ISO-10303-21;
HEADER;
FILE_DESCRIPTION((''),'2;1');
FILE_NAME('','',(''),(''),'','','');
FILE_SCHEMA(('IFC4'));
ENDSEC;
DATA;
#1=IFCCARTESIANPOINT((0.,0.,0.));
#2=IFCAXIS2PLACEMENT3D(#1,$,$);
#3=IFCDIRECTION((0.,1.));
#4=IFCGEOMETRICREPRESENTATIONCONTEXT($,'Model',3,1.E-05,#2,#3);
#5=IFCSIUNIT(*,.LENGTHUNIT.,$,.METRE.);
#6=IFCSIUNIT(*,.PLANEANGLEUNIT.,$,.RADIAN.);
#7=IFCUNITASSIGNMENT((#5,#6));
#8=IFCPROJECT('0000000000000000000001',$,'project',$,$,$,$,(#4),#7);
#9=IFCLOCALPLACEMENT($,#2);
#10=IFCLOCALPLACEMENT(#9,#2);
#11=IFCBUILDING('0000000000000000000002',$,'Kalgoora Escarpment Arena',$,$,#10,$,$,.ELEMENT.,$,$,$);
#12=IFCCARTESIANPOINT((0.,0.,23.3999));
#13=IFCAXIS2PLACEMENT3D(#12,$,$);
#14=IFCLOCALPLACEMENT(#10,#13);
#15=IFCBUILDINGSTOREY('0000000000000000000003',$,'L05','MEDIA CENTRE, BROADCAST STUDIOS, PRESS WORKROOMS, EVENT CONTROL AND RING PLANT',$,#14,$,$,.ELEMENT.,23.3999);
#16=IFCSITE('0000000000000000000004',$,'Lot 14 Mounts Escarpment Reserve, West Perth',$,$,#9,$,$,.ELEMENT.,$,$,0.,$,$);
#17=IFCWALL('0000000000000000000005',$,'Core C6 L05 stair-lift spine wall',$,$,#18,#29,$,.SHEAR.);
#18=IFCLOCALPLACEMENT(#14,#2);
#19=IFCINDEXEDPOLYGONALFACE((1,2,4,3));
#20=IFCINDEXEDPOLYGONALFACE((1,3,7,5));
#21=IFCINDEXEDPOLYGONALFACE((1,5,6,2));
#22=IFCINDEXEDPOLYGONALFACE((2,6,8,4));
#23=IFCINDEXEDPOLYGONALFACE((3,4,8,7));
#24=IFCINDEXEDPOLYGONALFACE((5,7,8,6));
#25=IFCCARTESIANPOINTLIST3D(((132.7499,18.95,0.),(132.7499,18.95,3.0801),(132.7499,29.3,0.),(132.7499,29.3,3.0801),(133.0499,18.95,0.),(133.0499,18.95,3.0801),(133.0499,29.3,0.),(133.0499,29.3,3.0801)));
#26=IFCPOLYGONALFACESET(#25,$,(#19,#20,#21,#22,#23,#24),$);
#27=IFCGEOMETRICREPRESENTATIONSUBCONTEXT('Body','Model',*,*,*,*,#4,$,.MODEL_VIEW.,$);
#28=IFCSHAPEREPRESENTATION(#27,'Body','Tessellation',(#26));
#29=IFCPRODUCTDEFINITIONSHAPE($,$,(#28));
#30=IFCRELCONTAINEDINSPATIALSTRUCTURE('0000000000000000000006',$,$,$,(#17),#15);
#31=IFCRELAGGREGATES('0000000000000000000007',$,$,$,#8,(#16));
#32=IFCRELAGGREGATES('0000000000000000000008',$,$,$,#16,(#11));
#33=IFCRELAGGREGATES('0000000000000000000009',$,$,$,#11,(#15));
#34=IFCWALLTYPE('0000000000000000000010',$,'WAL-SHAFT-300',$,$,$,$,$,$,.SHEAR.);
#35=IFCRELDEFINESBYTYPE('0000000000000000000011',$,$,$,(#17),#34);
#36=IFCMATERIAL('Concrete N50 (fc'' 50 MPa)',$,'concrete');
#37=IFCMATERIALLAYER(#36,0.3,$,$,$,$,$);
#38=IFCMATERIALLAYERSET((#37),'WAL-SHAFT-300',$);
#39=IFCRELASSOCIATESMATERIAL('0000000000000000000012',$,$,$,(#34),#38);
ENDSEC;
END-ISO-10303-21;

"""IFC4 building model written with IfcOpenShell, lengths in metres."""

from ifc_helpers import new_model, si_unit, direction, frame, frame_2d, origin, place, context, subcontext, project, spatial, rectangle, extrude, material, layer, layer_set, type_object, element, save


model = new_model("IFC4")

# Units and contexts
model_context = context("Model", 3, precision=1e-05, world=origin(), true_north=direction((0.0, 1.0)))
body_context = subcontext(model_context, "Body", "Model", "MODEL_VIEW")
ifc_project = project(units=[si_unit("LENGTHUNIT", "METRE"), si_unit("PLANEANGLEUNIT", "RADIAN")], contexts=[model_context])

# Site, building, storey
site_placement = place(None, origin())
site = spatial("IfcSite", under=ifc_project, at=site_placement, Name="Lot 14 Mounts Escarpment Reserve, West Perth", CompositionType="ELEMENT", RefElevation=0.0)
building_placement = place(site_placement, origin())
building = spatial("IfcBuilding", under=site, at=building_placement, Name="Kalgoora Escarpment Arena", CompositionType="ELEMENT")
storey_placement = place(building_placement, frame((0.0, 0.0, 23.3999)))
storey = spatial("IfcBuildingStorey", under=building, at=storey_placement, Name="L05", Description="MEDIA CENTRE, BROADCAST STUDIOS, PRESS WORKROOMS, EVENT CONTROL AND RING PLANT", CompositionType="ELEMENT", Elevation=23.3999)

# Wall
ifc_material_1 = material(Name="Concrete N50 (fc' 50 MPa)", Category="concrete")
ifc_layer_1 = layer(ifc_material_1, 0.3)
ifc_layer_set_1 = layer_set([ifc_layer_1], Name="WAL-SHAFT-300")
wall_type_1 = type_object("IfcWallType", Name="WAL-SHAFT-300", PredefinedType="SHEAR", material=ifc_layer_set_1)
wall_1_placement = place(storey_placement, frame((132.8999, 18.95, 0.0), z_axis=(0.0, 0.0, 1.0), x_axis=(0.0, 1.0, 0.0)))
element("IfcWall", 1, at=wall_1_placement, inside=storey, type_object=wall_type_1, Name="Core C6 L05 stair-lift spine wall", PredefinedType="SHEAR", context=body_context, shape_type="SweptSolid", body=[
    extrude(rectangle(XDim=10.3501, YDim=0.3, at=frame_2d((5.175, 0.0))), origin(), (0.0, 0.0, 1.0), 3.0801),
])

save(model, "model.ifc")
